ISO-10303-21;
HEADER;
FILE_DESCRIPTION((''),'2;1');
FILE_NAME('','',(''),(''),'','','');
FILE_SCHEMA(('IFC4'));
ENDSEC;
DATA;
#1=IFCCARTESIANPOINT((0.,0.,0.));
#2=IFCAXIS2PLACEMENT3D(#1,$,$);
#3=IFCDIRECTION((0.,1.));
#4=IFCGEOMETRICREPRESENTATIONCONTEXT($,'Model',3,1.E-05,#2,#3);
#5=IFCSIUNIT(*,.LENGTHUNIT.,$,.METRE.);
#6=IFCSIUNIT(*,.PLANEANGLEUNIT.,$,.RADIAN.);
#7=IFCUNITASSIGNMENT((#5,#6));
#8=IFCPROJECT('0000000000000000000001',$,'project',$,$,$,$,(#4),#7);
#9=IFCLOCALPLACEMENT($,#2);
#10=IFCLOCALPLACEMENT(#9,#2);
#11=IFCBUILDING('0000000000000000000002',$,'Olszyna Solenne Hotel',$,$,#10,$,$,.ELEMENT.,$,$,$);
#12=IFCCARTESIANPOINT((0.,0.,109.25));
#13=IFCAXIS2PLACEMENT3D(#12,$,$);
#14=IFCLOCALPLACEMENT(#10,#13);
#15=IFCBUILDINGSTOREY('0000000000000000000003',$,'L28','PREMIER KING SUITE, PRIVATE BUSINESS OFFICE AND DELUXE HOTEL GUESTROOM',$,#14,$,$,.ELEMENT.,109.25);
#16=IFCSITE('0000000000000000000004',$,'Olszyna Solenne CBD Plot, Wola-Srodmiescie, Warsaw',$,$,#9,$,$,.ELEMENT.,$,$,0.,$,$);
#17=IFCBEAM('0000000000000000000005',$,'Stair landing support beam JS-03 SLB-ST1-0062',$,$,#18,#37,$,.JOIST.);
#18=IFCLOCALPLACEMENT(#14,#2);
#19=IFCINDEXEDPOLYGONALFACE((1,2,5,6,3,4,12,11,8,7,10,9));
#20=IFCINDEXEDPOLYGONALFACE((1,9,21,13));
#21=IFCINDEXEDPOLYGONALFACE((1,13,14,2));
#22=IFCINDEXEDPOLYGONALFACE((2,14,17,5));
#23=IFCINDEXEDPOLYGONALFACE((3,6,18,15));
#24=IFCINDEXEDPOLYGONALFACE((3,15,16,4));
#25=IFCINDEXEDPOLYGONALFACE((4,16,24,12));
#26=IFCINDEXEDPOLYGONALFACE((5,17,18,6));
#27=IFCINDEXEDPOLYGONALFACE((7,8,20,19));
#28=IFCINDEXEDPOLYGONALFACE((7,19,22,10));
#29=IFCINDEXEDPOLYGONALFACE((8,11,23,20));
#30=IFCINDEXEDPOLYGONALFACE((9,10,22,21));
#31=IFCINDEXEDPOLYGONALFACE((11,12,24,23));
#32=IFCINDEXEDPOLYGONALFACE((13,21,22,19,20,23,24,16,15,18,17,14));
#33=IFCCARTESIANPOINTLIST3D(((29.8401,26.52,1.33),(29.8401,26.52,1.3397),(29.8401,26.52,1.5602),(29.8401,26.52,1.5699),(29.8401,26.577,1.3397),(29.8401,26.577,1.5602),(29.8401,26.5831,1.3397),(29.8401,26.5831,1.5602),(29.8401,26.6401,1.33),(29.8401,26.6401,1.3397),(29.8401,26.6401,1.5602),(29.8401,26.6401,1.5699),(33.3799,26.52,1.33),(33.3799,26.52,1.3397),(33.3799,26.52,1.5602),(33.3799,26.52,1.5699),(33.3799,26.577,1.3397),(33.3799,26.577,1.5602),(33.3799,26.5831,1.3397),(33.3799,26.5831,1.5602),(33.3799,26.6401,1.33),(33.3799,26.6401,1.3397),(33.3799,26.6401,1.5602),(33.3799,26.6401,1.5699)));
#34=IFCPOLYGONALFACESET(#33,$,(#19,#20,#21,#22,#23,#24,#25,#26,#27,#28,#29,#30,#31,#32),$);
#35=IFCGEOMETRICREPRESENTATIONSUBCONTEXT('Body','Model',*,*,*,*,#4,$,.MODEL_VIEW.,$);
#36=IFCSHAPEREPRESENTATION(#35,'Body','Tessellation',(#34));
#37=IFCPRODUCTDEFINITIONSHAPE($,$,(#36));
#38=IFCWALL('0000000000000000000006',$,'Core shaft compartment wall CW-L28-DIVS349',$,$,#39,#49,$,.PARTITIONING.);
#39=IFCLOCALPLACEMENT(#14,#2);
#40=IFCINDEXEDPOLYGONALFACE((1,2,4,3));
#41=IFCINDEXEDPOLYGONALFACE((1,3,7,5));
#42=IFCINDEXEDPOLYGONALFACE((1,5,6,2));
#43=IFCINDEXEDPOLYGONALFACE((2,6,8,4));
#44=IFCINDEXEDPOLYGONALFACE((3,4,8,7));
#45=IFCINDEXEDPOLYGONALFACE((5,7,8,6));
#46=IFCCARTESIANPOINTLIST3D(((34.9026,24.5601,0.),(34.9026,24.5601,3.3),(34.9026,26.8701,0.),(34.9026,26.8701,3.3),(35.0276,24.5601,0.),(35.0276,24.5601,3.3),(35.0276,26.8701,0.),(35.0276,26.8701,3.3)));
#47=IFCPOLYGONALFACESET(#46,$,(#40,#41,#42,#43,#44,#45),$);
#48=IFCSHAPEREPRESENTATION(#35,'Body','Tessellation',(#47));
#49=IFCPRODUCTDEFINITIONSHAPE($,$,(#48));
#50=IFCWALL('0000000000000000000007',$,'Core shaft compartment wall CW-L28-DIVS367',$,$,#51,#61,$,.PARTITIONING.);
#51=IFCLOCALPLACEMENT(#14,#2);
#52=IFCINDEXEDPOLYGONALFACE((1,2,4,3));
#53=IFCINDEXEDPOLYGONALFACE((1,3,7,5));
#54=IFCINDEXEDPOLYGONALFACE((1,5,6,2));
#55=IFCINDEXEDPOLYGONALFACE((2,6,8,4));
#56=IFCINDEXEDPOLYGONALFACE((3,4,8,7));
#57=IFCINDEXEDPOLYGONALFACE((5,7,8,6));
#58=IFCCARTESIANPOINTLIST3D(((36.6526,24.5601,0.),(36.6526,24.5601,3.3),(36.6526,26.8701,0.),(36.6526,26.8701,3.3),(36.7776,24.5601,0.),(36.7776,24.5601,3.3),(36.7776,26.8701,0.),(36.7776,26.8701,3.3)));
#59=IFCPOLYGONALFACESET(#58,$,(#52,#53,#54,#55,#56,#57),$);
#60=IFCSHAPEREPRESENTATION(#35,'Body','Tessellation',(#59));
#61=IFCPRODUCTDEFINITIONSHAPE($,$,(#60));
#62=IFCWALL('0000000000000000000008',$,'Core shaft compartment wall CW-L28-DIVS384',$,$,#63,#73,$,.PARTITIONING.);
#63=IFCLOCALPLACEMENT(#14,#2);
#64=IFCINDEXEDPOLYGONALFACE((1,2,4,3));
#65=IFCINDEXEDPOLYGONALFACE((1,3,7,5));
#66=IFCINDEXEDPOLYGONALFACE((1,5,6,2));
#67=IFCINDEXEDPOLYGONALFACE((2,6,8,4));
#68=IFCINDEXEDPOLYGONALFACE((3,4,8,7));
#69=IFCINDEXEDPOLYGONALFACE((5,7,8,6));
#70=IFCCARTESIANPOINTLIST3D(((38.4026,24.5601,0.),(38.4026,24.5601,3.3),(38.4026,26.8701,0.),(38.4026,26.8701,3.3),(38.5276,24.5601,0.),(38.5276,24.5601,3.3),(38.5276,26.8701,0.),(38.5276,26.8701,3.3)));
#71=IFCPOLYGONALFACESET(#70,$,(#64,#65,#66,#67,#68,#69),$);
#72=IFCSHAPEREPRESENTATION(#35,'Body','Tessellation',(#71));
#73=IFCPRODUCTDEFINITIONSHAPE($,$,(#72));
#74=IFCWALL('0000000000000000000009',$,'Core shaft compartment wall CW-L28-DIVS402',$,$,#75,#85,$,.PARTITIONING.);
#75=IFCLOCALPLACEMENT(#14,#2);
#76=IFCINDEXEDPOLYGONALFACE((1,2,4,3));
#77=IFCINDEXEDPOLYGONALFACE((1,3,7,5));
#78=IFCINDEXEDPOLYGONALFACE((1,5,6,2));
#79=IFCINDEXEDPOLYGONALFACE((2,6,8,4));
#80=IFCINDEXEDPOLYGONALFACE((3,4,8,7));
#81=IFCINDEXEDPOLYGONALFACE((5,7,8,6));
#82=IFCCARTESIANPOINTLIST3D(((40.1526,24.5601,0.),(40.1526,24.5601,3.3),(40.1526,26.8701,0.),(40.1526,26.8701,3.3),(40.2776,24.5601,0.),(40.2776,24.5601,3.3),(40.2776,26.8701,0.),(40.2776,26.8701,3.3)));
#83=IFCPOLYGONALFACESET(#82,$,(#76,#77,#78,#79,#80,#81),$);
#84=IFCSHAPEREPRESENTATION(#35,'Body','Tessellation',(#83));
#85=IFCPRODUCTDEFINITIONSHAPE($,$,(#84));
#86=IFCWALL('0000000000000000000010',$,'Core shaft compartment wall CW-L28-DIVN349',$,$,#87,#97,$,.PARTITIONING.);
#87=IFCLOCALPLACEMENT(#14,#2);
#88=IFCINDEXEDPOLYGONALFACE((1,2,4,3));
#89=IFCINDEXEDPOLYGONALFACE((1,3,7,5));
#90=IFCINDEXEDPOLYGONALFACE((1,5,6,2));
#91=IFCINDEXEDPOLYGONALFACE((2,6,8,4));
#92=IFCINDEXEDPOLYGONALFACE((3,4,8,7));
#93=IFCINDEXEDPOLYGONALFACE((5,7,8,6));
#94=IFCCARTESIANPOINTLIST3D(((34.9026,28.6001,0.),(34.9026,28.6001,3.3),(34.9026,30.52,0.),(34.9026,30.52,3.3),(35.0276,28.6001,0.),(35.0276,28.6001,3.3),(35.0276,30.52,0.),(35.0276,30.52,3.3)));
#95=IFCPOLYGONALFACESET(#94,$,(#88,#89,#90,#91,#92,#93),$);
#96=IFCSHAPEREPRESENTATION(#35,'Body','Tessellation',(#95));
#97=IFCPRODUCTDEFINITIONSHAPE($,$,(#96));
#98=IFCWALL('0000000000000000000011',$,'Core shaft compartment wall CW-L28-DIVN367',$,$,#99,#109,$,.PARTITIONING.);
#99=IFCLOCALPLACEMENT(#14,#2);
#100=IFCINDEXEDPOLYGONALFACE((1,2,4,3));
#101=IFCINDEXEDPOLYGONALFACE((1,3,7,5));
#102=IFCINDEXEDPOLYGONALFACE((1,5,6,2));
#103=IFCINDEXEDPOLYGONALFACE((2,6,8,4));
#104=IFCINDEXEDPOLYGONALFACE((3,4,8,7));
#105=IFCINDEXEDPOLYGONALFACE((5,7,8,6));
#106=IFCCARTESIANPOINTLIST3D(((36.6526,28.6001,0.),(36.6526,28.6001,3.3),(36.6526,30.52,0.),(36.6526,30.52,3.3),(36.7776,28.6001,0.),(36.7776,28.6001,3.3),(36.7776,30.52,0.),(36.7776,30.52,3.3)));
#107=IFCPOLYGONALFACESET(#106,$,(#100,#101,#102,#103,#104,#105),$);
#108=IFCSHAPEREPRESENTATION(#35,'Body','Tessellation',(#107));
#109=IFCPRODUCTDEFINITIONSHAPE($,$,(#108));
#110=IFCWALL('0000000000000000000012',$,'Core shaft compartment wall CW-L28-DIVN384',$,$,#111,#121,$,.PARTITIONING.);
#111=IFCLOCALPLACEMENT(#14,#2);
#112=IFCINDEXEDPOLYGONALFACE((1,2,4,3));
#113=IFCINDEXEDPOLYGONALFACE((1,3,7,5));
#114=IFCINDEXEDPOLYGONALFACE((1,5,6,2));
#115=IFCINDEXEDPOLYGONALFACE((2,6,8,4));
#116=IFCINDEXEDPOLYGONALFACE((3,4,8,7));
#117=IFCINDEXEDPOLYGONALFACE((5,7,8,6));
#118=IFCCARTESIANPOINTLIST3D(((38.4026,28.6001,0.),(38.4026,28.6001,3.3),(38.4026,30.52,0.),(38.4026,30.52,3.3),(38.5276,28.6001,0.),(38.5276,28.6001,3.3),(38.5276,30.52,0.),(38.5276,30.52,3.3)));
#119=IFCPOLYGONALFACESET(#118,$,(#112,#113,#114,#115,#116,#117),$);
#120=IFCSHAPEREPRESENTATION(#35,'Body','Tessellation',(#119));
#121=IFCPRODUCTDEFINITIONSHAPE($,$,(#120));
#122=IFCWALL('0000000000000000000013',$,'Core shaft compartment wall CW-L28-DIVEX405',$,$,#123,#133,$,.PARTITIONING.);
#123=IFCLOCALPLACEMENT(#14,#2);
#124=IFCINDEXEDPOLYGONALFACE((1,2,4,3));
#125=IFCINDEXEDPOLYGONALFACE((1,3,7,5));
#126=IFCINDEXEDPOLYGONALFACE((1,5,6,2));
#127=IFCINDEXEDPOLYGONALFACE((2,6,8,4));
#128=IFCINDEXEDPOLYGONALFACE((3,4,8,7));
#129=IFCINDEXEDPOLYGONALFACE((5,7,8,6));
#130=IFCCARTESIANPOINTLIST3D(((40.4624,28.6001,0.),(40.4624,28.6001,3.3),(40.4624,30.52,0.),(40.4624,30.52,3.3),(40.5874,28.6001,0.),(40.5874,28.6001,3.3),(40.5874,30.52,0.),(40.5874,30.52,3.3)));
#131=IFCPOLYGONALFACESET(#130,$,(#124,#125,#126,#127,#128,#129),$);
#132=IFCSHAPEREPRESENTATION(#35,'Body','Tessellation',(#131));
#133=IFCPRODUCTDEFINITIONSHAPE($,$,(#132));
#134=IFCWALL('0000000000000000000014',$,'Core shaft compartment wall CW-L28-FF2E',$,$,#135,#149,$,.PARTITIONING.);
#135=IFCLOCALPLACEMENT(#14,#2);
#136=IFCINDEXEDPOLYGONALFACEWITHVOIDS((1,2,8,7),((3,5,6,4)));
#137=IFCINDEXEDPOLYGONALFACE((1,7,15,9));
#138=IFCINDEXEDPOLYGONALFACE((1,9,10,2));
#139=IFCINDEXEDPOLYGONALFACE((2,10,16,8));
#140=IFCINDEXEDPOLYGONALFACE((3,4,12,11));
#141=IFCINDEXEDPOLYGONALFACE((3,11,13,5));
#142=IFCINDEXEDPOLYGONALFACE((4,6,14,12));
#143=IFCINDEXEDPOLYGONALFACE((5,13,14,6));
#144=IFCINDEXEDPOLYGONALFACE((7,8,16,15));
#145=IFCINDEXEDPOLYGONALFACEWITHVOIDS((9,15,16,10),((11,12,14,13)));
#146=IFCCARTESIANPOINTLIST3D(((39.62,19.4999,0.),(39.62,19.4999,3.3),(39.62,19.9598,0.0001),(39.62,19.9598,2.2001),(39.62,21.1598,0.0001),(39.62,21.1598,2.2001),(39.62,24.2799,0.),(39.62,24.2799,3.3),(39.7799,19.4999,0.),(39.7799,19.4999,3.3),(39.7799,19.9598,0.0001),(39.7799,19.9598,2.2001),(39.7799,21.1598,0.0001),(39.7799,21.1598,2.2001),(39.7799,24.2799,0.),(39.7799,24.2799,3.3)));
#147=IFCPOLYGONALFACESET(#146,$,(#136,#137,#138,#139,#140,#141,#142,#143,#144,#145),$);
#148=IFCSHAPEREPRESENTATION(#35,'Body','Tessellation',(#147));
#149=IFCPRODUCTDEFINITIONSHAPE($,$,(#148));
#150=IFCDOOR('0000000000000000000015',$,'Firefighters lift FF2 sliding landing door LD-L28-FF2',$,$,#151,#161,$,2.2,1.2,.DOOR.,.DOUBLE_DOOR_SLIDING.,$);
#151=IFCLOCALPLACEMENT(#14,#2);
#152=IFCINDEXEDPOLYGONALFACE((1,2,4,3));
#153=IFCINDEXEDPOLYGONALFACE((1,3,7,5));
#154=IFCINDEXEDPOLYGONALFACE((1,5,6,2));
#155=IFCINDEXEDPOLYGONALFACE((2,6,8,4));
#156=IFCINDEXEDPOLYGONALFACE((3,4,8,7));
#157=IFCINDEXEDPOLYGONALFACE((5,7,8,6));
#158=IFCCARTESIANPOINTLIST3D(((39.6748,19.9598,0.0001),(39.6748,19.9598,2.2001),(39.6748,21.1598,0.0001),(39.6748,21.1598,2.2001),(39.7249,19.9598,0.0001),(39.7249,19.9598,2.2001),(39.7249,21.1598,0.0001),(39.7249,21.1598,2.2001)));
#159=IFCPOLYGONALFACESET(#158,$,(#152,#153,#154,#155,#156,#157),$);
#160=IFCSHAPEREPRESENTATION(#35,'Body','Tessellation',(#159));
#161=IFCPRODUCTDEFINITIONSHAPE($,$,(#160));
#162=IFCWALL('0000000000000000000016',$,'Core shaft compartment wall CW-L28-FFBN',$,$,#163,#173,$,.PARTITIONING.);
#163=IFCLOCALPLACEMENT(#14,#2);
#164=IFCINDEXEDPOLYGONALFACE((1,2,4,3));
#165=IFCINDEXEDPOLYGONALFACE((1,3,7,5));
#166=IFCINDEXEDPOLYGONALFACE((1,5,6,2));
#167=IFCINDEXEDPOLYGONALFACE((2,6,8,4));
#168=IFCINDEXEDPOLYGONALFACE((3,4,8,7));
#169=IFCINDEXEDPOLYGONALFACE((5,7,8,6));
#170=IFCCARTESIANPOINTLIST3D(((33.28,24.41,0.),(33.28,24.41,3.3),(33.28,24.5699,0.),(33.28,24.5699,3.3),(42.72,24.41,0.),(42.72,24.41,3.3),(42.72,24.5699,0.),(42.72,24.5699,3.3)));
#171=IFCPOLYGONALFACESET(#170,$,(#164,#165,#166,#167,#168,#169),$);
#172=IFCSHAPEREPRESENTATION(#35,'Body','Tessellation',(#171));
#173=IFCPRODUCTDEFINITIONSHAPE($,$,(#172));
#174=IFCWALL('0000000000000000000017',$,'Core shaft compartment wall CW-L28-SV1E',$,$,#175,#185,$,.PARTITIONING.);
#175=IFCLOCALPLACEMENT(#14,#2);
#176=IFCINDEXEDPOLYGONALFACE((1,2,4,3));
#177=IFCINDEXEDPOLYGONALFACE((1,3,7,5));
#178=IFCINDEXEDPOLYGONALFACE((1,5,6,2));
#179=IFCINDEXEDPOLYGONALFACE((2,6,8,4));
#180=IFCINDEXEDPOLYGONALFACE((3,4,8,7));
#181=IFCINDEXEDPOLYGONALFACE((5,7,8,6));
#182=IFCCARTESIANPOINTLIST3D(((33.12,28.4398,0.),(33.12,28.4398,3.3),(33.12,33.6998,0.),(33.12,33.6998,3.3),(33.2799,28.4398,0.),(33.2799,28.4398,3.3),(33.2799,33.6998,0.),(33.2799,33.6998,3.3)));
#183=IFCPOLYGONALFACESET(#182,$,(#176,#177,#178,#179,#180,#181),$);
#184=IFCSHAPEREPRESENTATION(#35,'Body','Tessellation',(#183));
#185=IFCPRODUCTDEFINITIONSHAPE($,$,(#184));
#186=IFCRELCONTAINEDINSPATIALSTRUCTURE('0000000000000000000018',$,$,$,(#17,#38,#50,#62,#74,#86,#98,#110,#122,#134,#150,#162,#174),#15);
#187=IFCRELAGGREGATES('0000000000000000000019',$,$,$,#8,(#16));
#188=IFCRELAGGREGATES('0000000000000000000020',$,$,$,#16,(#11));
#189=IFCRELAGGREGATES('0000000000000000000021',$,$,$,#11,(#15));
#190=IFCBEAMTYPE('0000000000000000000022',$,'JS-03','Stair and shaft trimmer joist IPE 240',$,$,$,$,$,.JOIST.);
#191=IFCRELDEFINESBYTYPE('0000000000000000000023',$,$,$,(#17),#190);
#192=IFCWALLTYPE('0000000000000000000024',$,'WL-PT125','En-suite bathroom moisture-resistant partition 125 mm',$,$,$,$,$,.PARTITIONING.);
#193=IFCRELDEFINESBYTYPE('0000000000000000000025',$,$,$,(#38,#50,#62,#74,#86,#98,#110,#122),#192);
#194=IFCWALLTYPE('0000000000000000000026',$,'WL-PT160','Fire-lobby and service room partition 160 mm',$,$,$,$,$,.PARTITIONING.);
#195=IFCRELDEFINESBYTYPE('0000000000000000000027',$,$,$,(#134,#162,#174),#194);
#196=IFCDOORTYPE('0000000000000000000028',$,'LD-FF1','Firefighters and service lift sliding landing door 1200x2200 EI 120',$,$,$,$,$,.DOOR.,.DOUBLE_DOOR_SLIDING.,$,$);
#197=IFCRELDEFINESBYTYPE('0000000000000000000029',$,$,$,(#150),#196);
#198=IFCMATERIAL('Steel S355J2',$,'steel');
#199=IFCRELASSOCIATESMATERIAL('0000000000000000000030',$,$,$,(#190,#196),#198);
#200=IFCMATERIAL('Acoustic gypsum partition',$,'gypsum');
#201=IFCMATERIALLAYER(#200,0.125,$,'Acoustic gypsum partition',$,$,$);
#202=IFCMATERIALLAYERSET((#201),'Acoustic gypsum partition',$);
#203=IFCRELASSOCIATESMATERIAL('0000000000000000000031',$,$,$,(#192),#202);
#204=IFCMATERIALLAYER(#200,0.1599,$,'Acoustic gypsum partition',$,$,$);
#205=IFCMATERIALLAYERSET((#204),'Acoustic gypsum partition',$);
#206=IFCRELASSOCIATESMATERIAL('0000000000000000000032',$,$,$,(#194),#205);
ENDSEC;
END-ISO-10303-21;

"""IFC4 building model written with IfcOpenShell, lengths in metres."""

from ifc_helpers import new_model, si_unit, direction, frame, frame_2d, origin, origin_2d, place, context, subcontext, project, spatial, rectangle, i_section, extrude, source, transform, mapped, material, layer, layer_set, material_profile, profile_set, type_object, type_shapes, element, fill, save


model = new_model("IFC4")

# Units and contexts
model_context = context("Model", 3, precision=1e-05, world=origin(), true_north=direction((0.0, 1.0)))
body_context = subcontext(model_context, "Body", "Model", "MODEL_VIEW")
ifc_project = project(units=[si_unit("LENGTHUNIT", "METRE"), si_unit("PLANEANGLEUNIT", "RADIAN")], contexts=[model_context])

# Site, building, storey
site_placement = place(None, origin())
site = spatial("IfcSite", under=ifc_project, at=site_placement, Name="Olszyna Solenne CBD Plot, Wola-Srodmiescie, Warsaw", CompositionType="ELEMENT", RefElevation=0.0)
building_placement = place(site_placement, origin())
building = spatial("IfcBuilding", under=site, at=building_placement, Name="Olszyna Solenne Hotel", CompositionType="ELEMENT")
storey_placement = place(building_placement, frame((0.0, 0.0, 109.25)))
storey = spatial("IfcBuildingStorey", under=building, at=storey_placement, Name="L28", Description="PREMIER KING SUITE, PRIVATE BUSINESS OFFICE AND DELUXE HOTEL GUESTROOM", CompositionType="ELEMENT", Elevation=109.25)

# Beam
ifc_material_1 = material(Name="Steel S355J2", Category="steel")
ifc_material_profile = material_profile(ifc_material_1, i_section(OverallWidth=0.1201, OverallDepth=0.24, WebThickness=0.0061, FlangeThickness=0.0098, at=origin_2d()), Name="IPE 240", Category="load-bearing")
ifc_profile_set = profile_set([ifc_material_profile], Name="Steel S355J2")
beam_type = type_object("IfcBeamType", Name="JS-03", Description="Stair and shaft trimmer joist IPE 240", PredefinedType="JOIST", material=ifc_profile_set)
shared_shape_1 = source(origin(), body_context, "Body", "SweptSolid", [
    extrude(i_section(OverallWidth=0.1201, OverallDepth=0.24, WebThickness=0.0061, FlangeThickness=0.0098, at=origin_2d()), origin(), (0.0, 0.0, 1.0), 3.5398),
])
beam_placement = place(storey_placement, frame((33.3799, 26.5801, 1.45), z_axis=(-1.0, 0.0, 0.0), x_axis=(0.0, -1.0, 0.0)))
element("IfcBeam", 1, at=beam_placement, inside=storey, type_object=beam_type, Name="Stair landing support beam JS-03 SLB-ST1-0062", PredefinedType="JOIST", context=body_context, shape_type="MappedRepresentation", body=[
    mapped(shared_shape_1, transform((0.0, 0.0, 0.0), x_axis=(1.0, 0.0, 0.0), y_axis=(0.0, 1.0, 0.0), z_axis=(0.0, 0.0, 1.0), scale=1.0)),
])

# Walls
ifc_material_2 = material(Name="Acoustic gypsum partition", Category="gypsum")
ifc_layer_1 = layer(ifc_material_2, 0.125, Name="Acoustic gypsum partition")
ifc_layer_set_1 = layer_set([ifc_layer_1], Name="Acoustic gypsum partition")
wall_type_1 = type_object("IfcWallType", Name="WL-PT125", Description="En-suite bathroom moisture-resistant partition 125 mm", PredefinedType="PARTITIONING", material=ifc_layer_set_1)
for number, where, z_axis, x_axis, name in (
    (2, (34.9651, 24.5601, 0.0), (0.0, 0.0, 1.0), (0.0, 1.0, 0.0), "Core shaft compartment wall CW-L28-DIVS349"),
    (3, (36.7151, 24.5601, 0.0), (0.0, 0.0, 1.0), (0.0, 1.0, 0.0), "Core shaft compartment wall CW-L28-DIVS367"),
    (4, (38.4651, 24.5601, 0.0), (0.0, 0.0, 1.0), (0.0, 1.0, 0.0), "Core shaft compartment wall CW-L28-DIVS384"),
    (5, (40.2151, 24.5601, 0.0), (0.0, 0.0, 1.0), (0.0, 1.0, 0.0), "Core shaft compartment wall CW-L28-DIVS402"),
):
    element("IfcWall", number, at=place(storey_placement, frame(where, z_axis=z_axis, x_axis=x_axis)), inside=storey, type_object=wall_type_1, Name=name, PredefinedType="PARTITIONING", context=body_context, shape_type="SweptSolid", body=[
        extrude(rectangle(XDim=2.3101, YDim=0.125, at=frame_2d((1.155, 0.0))), origin(), (0.0, 0.0, 1.0), 3.3),
    ])
for number, where, z_axis, x_axis, name in (
    (6, (34.9651, 28.6001, 0.0), (0.0, 0.0, 1.0), (0.0, 1.0, 0.0), "Core shaft compartment wall CW-L28-DIVN349"),
    (7, (36.7151, 28.6001, 0.0), (0.0, 0.0, 1.0), (0.0, 1.0, 0.0), "Core shaft compartment wall CW-L28-DIVN367"),
    (8, (38.4651, 28.6001, 0.0), (0.0, 0.0, 1.0), (0.0, 1.0, 0.0), "Core shaft compartment wall CW-L28-DIVN384"),
    (9, (40.5249, 28.6001, 0.0), (0.0, 0.0, 1.0), (0.0, 1.0, 0.0), "Core shaft compartment wall CW-L28-DIVEX405"),
):
    element("IfcWall", number, at=place(storey_placement, frame(where, z_axis=z_axis, x_axis=x_axis)), inside=storey, type_object=wall_type_1, Name=name, PredefinedType="PARTITIONING", context=body_context, shape_type="SweptSolid", body=[
        extrude(rectangle(XDim=1.9199, YDim=0.125, at=frame_2d((0.96, 0.0))), origin(), (0.0, 0.0, 1.0), 3.3),
    ])

# Wall, opening, door
ifc_layer_2 = layer(ifc_material_2, 0.1599, Name="Acoustic gypsum partition")
ifc_layer_set_2 = layer_set([ifc_layer_2], Name="Acoustic gypsum partition")
wall_type_2 = type_object("IfcWallType", Name="WL-PT160", Description="Fire-lobby and service room partition 160 mm", PredefinedType="PARTITIONING", material=ifc_layer_set_2)
wall_1_placement = place(storey_placement, frame((39.7, 24.28, 0.0), z_axis=(0.0, 0.0, 1.0), x_axis=(0.0, -1.0, 0.0)))
wall_1 = element("IfcWall", 10, at=wall_1_placement, inside=storey, type_object=wall_type_2, Name="Core shaft compartment wall CW-L28-FF2E", PredefinedType="PARTITIONING", context=body_context, shape_type="SweptSolid", body=[
    extrude(rectangle(XDim=4.78, YDim=0.1599, at=frame_2d((2.3901, 0.0))), origin(), (0.0, 0.0, 1.0), 3.3),
])
opening_1_placement = place(wall_1_placement, frame((3.1201, 0.0, 0.0)))
opening_1 = element("IfcOpeningElement", 11, at=opening_1_placement, cuts=wall_1, PredefinedType="OPENING", context=body_context, shape_type="SweptSolid", body=[
    extrude(rectangle(XDim=1.2, YDim=2.2, at=frame_2d((0.6001, 1.1001))), frame((0.0, 0.0898, 0.0), z_axis=(0.0, -1.0, 0.0), x_axis=(1.0, 0.0, 0.0)), (0.0, 0.0, 1.0), 0.1799),
])
door_type_1 = type_object("IfcDoorType", Name="LD-FF1", Description="Firefighters and service lift sliding landing door 1200x2200 EI 120", OperationType="DOUBLE_DOOR_SLIDING", PredefinedType="DOOR", material=ifc_material_1)
shared_shape_2 = source(origin(), body_context, "Body", "SweptSolid", [
    extrude(rectangle(XDim=1.2, YDim=2.2, at=frame_2d((0.6001, 1.1001))), frame((0.0, 0.0249, 0.0), z_axis=(0.0, -1.0, 0.0), x_axis=(1.0, 0.0, 0.0)), (0.0, 0.0, 1.0), 0.05),
])
type_shapes(door_type_1, [shared_shape_2])
door_1_placement = place(opening_1_placement, origin())
door_1 = element("IfcDoor", 12, at=door_1_placement, inside=storey, type_object=door_type_1, Name="Firefighters lift FF2 sliding landing door LD-L28-FF2", OperationType="DOUBLE_DOOR_SLIDING", OverallHeight=2.2, OverallWidth=1.2, PredefinedType="DOOR", context=body_context, shape_type="MappedRepresentation", body=[
    mapped(shared_shape_2, transform((0.0, 0.0, 0.0), x_axis=(1.0, 0.0, 0.0), y_axis=(0.0, 1.0, 0.0), z_axis=(0.0, 0.0, 1.0), scale=1.0)),
])
fill(opening_1, door_1)

# Walls
wall_2_placement = place(storey_placement, frame((33.28, 24.49, 0.0), z_axis=(0.0, 0.0, 1.0), x_axis=(1.0, 0.0, 0.0)))
element("IfcWall", 13, at=wall_2_placement, inside=storey, type_object=wall_type_2, Name="Core shaft compartment wall CW-L28-FFBN", PredefinedType="PARTITIONING", context=body_context, shape_type="SweptSolid", body=[
    extrude(rectangle(XDim=9.4399, YDim=0.1599, at=frame_2d((4.72, 0.0))), origin(), (0.0, 0.0, 1.0), 3.3),
])
wall_3_placement = place(storey_placement, frame((33.2, 28.4399, 0.0), z_axis=(0.0, 0.0, 1.0), x_axis=(0.0, 1.0, 0.0)))
element("IfcWall", 14, at=wall_3_placement, inside=storey, type_object=wall_type_2, Name="Core shaft compartment wall CW-L28-SV1E", PredefinedType="PARTITIONING", context=body_context, shape_type="SweptSolid", body=[
    extrude(rectangle(XDim=5.26, YDim=0.1599, at=frame_2d((2.6299, 0.0))), origin(), (0.0, 0.0, 1.0), 3.3),
])

save(model, "model.ifc")
